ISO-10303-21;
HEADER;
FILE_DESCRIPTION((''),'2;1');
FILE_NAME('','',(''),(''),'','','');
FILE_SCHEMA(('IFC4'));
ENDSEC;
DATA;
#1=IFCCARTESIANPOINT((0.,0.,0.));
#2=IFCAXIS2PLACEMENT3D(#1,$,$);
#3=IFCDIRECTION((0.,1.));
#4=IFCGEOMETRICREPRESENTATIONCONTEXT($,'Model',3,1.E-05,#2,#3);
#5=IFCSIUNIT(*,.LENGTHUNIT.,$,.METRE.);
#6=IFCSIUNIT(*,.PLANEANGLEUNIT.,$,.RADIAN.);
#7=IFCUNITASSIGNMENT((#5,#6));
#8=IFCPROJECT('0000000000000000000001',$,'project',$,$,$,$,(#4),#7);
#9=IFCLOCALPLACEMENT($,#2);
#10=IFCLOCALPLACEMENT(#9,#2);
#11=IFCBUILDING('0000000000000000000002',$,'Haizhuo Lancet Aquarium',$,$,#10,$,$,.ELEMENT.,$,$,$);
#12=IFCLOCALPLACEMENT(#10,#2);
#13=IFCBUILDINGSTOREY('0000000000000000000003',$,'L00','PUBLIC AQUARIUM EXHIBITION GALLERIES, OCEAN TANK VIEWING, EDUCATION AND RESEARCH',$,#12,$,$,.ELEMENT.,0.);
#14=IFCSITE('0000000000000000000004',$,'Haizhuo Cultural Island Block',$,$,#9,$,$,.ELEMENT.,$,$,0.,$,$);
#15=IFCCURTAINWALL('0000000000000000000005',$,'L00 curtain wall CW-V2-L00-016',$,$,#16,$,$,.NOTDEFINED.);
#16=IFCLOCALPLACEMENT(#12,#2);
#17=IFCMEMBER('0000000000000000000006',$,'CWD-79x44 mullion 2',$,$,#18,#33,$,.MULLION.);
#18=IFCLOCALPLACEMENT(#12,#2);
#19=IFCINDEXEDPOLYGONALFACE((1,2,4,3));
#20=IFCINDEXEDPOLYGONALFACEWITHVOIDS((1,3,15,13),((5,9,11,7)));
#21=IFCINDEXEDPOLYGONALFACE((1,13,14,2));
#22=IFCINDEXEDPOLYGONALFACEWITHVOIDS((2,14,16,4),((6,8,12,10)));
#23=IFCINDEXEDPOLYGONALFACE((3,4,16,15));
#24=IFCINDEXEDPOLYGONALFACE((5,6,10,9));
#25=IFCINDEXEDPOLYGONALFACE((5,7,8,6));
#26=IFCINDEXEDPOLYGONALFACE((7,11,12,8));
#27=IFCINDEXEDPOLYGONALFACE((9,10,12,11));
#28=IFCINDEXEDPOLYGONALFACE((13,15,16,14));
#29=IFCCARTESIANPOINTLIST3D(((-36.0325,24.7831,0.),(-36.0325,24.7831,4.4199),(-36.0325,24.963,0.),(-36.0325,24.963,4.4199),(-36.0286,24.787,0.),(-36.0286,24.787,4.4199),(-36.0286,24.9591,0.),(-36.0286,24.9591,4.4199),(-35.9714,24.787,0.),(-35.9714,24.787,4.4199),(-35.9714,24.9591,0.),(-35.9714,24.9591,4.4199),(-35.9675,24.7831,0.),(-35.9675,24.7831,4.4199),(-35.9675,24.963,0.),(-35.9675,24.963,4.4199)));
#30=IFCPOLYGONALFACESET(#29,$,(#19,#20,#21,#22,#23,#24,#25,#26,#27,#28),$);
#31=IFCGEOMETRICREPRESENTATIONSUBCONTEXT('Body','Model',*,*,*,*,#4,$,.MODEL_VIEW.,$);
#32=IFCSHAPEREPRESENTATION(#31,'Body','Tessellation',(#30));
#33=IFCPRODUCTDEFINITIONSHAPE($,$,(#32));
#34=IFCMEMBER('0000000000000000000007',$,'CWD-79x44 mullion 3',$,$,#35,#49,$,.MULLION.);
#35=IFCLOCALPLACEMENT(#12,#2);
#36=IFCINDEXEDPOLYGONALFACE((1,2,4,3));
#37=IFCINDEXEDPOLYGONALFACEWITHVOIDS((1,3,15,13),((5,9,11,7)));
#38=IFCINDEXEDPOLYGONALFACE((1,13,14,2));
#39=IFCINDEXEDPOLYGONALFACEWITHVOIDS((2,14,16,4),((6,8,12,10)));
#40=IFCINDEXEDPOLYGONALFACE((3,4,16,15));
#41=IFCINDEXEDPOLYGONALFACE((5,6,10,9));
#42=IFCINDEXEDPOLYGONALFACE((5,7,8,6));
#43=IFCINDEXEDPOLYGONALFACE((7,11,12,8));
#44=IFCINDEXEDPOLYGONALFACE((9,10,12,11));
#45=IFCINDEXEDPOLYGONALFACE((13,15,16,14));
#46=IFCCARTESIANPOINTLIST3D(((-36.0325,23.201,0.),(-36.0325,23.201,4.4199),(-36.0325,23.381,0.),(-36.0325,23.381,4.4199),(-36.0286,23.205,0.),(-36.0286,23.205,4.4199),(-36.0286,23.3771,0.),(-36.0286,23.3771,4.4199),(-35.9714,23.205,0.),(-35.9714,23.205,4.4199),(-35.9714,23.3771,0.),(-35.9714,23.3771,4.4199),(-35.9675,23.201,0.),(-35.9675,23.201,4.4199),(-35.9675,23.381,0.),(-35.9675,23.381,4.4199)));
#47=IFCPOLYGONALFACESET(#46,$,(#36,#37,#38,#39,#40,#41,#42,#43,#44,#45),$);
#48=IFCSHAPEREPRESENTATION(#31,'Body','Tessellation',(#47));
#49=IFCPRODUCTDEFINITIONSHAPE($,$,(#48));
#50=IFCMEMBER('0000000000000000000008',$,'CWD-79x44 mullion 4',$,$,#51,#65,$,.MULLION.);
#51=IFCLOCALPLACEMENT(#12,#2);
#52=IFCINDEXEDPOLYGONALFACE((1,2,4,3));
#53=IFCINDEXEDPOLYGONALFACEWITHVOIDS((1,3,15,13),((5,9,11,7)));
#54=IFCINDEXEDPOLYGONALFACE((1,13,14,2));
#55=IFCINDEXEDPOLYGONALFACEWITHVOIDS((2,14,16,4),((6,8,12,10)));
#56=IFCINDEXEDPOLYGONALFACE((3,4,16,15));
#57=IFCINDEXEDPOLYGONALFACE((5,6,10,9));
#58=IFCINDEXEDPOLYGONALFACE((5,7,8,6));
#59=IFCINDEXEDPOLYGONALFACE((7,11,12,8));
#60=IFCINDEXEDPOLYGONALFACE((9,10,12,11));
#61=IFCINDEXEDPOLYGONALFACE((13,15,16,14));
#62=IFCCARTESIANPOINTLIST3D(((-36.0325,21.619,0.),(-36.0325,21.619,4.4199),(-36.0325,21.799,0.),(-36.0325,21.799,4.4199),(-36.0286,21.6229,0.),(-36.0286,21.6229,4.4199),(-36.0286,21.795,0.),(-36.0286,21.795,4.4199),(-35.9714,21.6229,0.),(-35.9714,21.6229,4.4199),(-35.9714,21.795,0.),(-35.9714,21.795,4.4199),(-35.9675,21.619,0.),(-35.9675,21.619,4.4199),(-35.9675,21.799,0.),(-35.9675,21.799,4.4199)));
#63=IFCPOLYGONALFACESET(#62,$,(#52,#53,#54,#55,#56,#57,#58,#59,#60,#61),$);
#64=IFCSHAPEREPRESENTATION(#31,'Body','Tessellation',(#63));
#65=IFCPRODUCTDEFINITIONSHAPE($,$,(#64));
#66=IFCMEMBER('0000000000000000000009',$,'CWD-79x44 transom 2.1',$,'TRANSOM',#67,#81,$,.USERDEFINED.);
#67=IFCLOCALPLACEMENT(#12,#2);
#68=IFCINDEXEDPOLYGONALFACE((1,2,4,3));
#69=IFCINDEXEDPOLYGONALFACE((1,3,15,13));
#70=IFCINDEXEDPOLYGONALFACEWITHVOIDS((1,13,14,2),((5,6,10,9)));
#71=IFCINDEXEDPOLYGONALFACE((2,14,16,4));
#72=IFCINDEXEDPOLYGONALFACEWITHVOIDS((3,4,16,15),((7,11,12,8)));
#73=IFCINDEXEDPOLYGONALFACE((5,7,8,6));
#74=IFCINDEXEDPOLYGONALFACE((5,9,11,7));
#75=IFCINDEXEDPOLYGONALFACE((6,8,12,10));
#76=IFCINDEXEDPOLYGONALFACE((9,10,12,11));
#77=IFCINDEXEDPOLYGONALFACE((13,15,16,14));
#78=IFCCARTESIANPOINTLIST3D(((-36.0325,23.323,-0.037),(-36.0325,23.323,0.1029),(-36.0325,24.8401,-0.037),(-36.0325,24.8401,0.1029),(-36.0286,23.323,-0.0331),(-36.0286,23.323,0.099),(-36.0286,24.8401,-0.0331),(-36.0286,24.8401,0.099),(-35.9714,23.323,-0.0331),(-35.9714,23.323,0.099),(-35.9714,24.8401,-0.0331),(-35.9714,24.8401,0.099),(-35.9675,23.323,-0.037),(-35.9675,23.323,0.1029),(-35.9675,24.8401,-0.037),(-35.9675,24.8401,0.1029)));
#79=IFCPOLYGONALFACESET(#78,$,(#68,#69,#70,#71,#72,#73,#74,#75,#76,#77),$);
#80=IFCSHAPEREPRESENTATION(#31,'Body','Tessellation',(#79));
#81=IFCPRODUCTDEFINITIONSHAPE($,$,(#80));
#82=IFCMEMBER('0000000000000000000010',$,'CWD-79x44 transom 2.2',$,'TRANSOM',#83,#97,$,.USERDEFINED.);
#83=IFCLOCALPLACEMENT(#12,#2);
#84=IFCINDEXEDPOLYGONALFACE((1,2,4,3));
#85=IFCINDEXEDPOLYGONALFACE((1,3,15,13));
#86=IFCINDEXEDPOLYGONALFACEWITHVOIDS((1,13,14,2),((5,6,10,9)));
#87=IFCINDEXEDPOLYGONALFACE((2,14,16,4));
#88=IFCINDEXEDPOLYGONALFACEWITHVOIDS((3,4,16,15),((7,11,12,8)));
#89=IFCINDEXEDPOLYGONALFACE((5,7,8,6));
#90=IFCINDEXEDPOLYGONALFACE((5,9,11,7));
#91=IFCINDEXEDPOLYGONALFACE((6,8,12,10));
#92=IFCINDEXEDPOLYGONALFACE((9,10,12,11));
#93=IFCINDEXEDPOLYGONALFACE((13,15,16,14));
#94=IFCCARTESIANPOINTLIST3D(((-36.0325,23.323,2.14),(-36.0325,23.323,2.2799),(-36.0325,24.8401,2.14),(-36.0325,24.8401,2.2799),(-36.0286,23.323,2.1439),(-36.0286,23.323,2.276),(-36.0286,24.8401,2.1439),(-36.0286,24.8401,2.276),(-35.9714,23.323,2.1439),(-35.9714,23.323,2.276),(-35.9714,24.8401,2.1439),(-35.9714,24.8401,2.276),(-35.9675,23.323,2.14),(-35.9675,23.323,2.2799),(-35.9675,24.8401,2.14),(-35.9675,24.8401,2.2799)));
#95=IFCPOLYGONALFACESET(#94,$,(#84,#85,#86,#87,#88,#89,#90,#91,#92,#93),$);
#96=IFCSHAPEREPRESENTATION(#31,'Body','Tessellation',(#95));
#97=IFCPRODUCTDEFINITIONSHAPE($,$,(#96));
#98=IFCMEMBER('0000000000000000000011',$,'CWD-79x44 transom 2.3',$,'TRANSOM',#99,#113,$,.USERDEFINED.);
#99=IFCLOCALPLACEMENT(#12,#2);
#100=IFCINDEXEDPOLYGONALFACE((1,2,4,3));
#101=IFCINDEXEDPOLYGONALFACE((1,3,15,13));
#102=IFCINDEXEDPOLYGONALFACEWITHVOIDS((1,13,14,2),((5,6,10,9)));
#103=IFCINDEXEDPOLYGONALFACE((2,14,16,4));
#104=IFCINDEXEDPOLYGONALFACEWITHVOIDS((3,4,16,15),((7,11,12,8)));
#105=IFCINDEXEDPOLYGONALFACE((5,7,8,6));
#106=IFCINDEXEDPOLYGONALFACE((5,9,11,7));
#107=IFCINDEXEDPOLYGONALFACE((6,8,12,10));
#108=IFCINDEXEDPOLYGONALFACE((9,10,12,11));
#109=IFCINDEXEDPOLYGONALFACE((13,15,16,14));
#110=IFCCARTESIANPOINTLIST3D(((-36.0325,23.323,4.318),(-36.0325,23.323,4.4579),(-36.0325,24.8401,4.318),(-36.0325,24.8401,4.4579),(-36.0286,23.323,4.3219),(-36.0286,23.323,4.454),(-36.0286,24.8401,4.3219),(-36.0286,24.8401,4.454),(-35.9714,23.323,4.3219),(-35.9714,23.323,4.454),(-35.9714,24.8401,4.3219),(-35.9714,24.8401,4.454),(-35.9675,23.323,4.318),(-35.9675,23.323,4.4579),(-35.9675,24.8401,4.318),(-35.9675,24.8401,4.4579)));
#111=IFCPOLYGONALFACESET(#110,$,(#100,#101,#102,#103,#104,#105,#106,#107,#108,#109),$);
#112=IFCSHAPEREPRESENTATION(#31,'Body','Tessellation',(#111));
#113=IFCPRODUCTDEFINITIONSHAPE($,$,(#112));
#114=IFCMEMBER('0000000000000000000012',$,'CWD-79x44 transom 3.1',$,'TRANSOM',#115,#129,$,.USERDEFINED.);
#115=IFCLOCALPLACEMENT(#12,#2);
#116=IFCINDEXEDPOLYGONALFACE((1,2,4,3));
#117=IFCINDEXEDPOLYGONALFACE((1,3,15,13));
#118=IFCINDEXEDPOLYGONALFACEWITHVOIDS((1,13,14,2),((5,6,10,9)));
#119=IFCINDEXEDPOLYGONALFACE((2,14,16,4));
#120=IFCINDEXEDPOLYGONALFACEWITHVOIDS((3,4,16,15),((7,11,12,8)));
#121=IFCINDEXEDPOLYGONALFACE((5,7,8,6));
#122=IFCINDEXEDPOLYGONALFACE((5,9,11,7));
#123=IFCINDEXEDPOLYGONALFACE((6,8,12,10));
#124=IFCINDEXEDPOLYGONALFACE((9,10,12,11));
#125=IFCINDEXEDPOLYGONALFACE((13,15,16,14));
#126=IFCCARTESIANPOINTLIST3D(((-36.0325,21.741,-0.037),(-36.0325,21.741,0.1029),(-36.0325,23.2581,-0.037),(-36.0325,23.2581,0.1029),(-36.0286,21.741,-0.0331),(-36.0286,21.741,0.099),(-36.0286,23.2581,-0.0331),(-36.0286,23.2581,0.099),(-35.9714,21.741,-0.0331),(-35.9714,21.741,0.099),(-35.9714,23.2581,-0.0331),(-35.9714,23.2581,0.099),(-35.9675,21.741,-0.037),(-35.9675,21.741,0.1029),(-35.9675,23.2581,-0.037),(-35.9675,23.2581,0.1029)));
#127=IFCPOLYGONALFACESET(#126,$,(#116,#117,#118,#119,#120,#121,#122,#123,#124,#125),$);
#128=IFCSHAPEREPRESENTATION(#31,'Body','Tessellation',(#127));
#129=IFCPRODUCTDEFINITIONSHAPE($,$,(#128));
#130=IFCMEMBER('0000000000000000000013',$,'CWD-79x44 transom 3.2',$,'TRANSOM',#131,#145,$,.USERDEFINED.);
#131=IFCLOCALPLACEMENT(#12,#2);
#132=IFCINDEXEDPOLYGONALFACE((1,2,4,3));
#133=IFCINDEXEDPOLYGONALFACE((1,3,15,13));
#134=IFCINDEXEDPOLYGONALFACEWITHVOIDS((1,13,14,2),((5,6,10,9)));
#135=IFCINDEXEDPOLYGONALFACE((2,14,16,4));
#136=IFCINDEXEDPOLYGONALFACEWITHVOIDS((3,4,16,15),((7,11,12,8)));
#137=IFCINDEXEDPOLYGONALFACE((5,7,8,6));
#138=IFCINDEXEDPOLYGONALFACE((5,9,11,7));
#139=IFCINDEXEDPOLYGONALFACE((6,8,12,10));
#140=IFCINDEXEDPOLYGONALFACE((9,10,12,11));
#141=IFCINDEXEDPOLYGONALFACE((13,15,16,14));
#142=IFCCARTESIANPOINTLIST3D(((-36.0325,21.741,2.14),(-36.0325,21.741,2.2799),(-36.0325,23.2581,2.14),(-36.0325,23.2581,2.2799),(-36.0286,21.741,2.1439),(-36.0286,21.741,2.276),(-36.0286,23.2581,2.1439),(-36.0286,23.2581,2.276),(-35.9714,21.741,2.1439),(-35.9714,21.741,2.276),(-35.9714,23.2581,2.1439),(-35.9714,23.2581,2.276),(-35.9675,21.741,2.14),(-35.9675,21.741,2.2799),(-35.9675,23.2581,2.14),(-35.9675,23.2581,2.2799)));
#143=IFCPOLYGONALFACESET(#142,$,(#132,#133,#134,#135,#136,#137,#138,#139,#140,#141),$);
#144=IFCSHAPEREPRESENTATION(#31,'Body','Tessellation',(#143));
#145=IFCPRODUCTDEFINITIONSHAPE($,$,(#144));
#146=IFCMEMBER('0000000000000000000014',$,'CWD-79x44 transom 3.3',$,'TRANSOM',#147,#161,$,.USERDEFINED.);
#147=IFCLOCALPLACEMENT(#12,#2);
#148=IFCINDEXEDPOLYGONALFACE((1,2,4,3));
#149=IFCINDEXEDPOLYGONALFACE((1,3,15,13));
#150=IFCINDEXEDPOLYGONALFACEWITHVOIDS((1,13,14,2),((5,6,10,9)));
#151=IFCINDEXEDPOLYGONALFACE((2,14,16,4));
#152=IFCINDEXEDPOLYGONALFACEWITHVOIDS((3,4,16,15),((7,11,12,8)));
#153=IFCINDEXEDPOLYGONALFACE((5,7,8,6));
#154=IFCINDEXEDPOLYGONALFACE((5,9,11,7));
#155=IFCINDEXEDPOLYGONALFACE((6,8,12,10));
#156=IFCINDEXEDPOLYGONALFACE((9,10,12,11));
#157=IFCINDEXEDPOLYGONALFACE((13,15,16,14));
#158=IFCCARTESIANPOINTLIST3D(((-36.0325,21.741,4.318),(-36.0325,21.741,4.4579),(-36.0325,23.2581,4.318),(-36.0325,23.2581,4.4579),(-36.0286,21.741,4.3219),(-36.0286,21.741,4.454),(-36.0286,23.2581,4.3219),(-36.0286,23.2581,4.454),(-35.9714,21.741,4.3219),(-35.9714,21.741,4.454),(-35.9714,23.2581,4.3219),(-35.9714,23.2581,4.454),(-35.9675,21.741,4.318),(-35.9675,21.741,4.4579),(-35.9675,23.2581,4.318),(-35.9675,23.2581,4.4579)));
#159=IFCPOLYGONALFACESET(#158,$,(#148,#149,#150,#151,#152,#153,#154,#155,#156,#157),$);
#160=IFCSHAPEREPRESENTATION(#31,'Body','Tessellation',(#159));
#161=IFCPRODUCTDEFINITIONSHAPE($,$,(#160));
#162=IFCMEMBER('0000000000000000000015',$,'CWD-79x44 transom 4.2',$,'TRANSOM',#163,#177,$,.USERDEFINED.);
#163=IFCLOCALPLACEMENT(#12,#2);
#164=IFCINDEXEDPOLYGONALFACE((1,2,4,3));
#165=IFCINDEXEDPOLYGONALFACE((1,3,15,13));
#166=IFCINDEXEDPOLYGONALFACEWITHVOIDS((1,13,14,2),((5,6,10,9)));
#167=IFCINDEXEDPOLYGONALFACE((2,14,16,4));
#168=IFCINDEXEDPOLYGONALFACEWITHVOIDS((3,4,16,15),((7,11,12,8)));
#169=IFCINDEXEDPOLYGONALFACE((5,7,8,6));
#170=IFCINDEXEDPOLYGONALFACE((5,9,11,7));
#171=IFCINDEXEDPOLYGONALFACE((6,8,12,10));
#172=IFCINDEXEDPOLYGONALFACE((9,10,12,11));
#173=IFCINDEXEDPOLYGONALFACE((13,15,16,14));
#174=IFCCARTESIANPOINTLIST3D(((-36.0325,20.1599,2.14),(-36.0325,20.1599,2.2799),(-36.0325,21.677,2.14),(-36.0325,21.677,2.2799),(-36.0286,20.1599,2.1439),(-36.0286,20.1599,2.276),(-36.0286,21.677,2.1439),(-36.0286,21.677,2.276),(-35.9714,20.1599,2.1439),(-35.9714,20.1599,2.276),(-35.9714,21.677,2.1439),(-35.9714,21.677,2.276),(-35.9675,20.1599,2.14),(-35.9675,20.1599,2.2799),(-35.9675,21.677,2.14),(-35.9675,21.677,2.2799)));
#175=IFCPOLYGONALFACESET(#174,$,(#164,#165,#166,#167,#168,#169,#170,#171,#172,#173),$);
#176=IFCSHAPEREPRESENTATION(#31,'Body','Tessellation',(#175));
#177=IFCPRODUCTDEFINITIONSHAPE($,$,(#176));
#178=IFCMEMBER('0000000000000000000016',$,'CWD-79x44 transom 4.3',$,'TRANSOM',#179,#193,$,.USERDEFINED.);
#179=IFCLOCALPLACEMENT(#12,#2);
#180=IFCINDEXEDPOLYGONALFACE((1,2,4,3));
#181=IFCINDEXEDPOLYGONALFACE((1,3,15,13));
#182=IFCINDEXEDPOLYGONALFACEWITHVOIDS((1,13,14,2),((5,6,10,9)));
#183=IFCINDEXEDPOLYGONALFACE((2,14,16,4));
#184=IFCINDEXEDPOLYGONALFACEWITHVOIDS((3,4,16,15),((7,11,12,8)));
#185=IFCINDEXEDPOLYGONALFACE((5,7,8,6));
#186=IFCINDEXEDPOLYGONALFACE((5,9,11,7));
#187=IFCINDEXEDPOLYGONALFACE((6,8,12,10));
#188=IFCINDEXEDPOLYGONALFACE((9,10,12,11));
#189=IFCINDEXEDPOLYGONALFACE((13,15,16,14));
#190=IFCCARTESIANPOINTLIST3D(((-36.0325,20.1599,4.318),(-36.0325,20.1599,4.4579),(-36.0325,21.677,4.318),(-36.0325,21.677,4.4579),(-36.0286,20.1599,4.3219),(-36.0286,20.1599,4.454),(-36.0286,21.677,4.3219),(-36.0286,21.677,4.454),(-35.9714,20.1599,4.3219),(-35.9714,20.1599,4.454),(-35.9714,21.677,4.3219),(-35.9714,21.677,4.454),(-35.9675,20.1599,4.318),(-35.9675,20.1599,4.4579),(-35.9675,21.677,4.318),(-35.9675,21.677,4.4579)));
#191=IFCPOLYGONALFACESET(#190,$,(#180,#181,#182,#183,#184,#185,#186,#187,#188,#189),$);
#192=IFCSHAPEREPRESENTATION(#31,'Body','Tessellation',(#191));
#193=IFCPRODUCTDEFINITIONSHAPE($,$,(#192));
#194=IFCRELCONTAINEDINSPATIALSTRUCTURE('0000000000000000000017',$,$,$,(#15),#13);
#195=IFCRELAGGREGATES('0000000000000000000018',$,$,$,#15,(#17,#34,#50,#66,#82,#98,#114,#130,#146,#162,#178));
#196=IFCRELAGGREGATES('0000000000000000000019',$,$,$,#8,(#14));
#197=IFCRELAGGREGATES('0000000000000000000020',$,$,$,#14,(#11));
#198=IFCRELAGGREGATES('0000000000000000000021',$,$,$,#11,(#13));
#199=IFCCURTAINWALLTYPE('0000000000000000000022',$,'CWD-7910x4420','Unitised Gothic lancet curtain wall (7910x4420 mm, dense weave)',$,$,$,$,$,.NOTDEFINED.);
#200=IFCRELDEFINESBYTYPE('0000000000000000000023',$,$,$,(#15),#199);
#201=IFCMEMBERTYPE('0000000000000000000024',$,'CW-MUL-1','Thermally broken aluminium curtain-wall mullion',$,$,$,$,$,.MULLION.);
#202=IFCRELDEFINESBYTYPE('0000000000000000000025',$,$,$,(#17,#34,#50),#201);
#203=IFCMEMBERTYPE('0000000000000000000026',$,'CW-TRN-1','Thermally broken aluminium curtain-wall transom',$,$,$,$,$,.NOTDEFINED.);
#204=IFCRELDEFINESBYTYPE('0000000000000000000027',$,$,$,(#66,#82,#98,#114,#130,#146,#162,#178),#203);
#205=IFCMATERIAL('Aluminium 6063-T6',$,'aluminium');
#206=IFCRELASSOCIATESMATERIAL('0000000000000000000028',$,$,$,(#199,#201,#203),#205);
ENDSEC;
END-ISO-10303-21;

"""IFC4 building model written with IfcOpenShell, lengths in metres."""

from ifc_helpers import new_model, si_unit, direction, frame, origin, origin_2d, place, context, subcontext, project, spatial, hollow_rectangle, extrude, material, material_profile, profile_set, type_object, element, aggregate, save


model = new_model("IFC4")

# Units and contexts
model_context = context("Model", 3, precision=1e-05, world=origin(), true_north=direction((0.0, 1.0)))
body_context = subcontext(model_context, "Body", "Model", "MODEL_VIEW")
ifc_project = project(units=[si_unit("LENGTHUNIT", "METRE"), si_unit("PLANEANGLEUNIT", "RADIAN")], contexts=[model_context])

# Site, building, storey
site_placement = place(None, origin())
site = spatial("IfcSite", under=ifc_project, at=site_placement, Name="Haizhuo Cultural Island Block", CompositionType="ELEMENT", RefElevation=0.0)
building_placement = place(site_placement, origin())
building = spatial("IfcBuilding", under=site, at=building_placement, Name="Haizhuo Lancet Aquarium", CompositionType="ELEMENT")
storey_placement = place(building_placement, origin())
storey = spatial("IfcBuildingStorey", under=building, at=storey_placement, Name="L00", Description="PUBLIC AQUARIUM EXHIBITION GALLERIES, OCEAN TANK VIEWING, EDUCATION AND RESEARCH", CompositionType="ELEMENT", Elevation=0.0)

# Curtain wall, members
ifc_material_1 = material(Name="Aluminium 6063-T6", Category="aluminium")
curtain_wall_type = type_object("IfcCurtainWallType", Name="CWD-7910x4420", Description="Unitised Gothic lancet curtain wall (7910x4420 mm, dense weave)", PredefinedType="NOTDEFINED", material=ifc_material_1)
curtain_wall_placement = place(storey_placement, origin())
curtain_wall = element("IfcCurtainWall", 1, at=curtain_wall_placement, inside=storey, type_object=curtain_wall_type, Name="L00 curtain wall CW-V2-L00-016", PredefinedType="NOTDEFINED")
ifc_material_profile_1 = material_profile(ifc_material_1, hollow_rectangle(XDim=0.0649, YDim=0.1799, WallThickness=0.0039, at=origin_2d()), Name="ALU-M 65x180x4")
ifc_profile_set_1 = profile_set([ifc_material_profile_1], Name="Aluminium 6063-T6")
member_type_1 = type_object("IfcMemberType", Name="CW-MUL-1", Description="Thermally broken aluminium curtain-wall mullion", PredefinedType="MULLION", material=ifc_profile_set_1)
member_1_placement = place(storey_placement, frame((-36.0, 24.873, 0.0), z_axis=(0.0, 0.0, 1.0), x_axis=(1.0, 0.0, 0.0)))
member_1 = element("IfcMember", 2, at=member_1_placement, type_object=member_type_1, Name="CWD-79x44 mullion 2", PredefinedType="MULLION", context=body_context, shape_type="SweptSolid", body=[
    extrude(hollow_rectangle(XDim=0.0649, YDim=0.1799, WallThickness=0.0039, at=origin_2d()), origin(), (0.0, 0.0, 1.0), 4.4199),
])
member_2_placement = place(storey_placement, frame((-36.0, 23.291, 0.0), z_axis=(0.0, 0.0, 1.0), x_axis=(1.0, 0.0, 0.0)))
member_2 = element("IfcMember", 3, at=member_2_placement, type_object=member_type_1, Name="CWD-79x44 mullion 3", PredefinedType="MULLION", context=body_context, shape_type="SweptSolid", body=[
    extrude(hollow_rectangle(XDim=0.0649, YDim=0.1799, WallThickness=0.0039, at=origin_2d()), origin(), (0.0, 0.0, 1.0), 4.4199),
])
member_3_placement = place(storey_placement, frame((-36.0, 21.709, 0.0), z_axis=(0.0, 0.0, 1.0), x_axis=(1.0, 0.0, 0.0)))
member_3 = element("IfcMember", 4, at=member_3_placement, type_object=member_type_1, Name="CWD-79x44 mullion 4", PredefinedType="MULLION", context=body_context, shape_type="SweptSolid", body=[
    extrude(hollow_rectangle(XDim=0.0649, YDim=0.1799, WallThickness=0.0039, at=origin_2d()), origin(), (0.0, 0.0, 1.0), 4.4199),
])
ifc_material_profile_2 = material_profile(ifc_material_1, hollow_rectangle(XDim=0.0649, YDim=0.1399, WallThickness=0.0039, at=origin_2d()), Name="ALU-T 65x140x4")
ifc_profile_set_2 = profile_set([ifc_material_profile_2], Name="Aluminium 6063-T6")
member_type_2 = type_object("IfcMemberType", Name="CW-TRN-1", Description="Thermally broken aluminium curtain-wall transom", PredefinedType="NOTDEFINED", material=ifc_profile_set_2)
member_4_placement = place(storey_placement, frame((-36.0, 24.8401, 0.033), z_axis=(0.0, -1.0, 0.0), x_axis=(1.0, 0.0, 0.0)))
member_4 = element("IfcMember", 5, at=member_4_placement, type_object=member_type_2, Name="CWD-79x44 transom 2.1", ObjectType="TRANSOM", PredefinedType="USERDEFINED", context=body_context, shape_type="SweptSolid", body=[
    extrude(hollow_rectangle(XDim=0.0649, YDim=0.1399, WallThickness=0.0039, at=origin_2d()), origin(), (0.0, 0.0, 1.0), 1.5171),
])
member_5_placement = place(storey_placement, frame((-36.0, 24.8401, 2.21), z_axis=(0.0, -1.0, 0.0), x_axis=(1.0, 0.0, 0.0)))
member_5 = element("IfcMember", 6, at=member_5_placement, type_object=member_type_2, Name="CWD-79x44 transom 2.2", ObjectType="TRANSOM", PredefinedType="USERDEFINED", context=body_context, shape_type="SweptSolid", body=[
    extrude(hollow_rectangle(XDim=0.0649, YDim=0.1399, WallThickness=0.0039, at=origin_2d()), origin(), (0.0, 0.0, 1.0), 1.5171),
])
member_6_placement = place(storey_placement, frame((-36.0, 24.8401, 4.3879), z_axis=(0.0, -1.0, 0.0), x_axis=(1.0, 0.0, 0.0)))
member_6 = element("IfcMember", 7, at=member_6_placement, type_object=member_type_2, Name="CWD-79x44 transom 2.3", ObjectType="TRANSOM", PredefinedType="USERDEFINED", context=body_context, shape_type="SweptSolid", body=[
    extrude(hollow_rectangle(XDim=0.0649, YDim=0.1399, WallThickness=0.0039, at=origin_2d()), origin(), (0.0, 0.0, 1.0), 1.5171),
])
member_7_placement = place(storey_placement, frame((-36.0, 23.2581, 0.033), z_axis=(0.0, -1.0, 0.0), x_axis=(1.0, 0.0, 0.0)))
member_7 = element("IfcMember", 8, at=member_7_placement, type_object=member_type_2, Name="CWD-79x44 transom 3.1", ObjectType="TRANSOM", PredefinedType="USERDEFINED", context=body_context, shape_type="SweptSolid", body=[
    extrude(hollow_rectangle(XDim=0.0649, YDim=0.1399, WallThickness=0.0039, at=origin_2d()), origin(), (0.0, 0.0, 1.0), 1.5171),
])
member_8_placement = place(storey_placement, frame((-36.0, 23.2581, 2.21), z_axis=(0.0, -1.0, 0.0), x_axis=(1.0, 0.0, 0.0)))
member_8 = element("IfcMember", 9, at=member_8_placement, type_object=member_type_2, Name="CWD-79x44 transom 3.2", ObjectType="TRANSOM", PredefinedType="USERDEFINED", context=body_context, shape_type="SweptSolid", body=[
    extrude(hollow_rectangle(XDim=0.0649, YDim=0.1399, WallThickness=0.0039, at=origin_2d()), origin(), (0.0, 0.0, 1.0), 1.5171),
])
member_9_placement = place(storey_placement, frame((-36.0, 23.2581, 4.3879), z_axis=(0.0, -1.0, 0.0), x_axis=(1.0, 0.0, 0.0)))
member_9 = element("IfcMember", 10, at=member_9_placement, type_object=member_type_2, Name="CWD-79x44 transom 3.3", ObjectType="TRANSOM", PredefinedType="USERDEFINED", context=body_context, shape_type="SweptSolid", body=[
    extrude(hollow_rectangle(XDim=0.0649, YDim=0.1399, WallThickness=0.0039, at=origin_2d()), origin(), (0.0, 0.0, 1.0), 1.5171),
])
member_10_placement = place(storey_placement, frame((-36.0, 21.677, 2.21), z_axis=(0.0, -1.0, 0.0), x_axis=(1.0, 0.0, 0.0)))
member_10 = element("IfcMember", 11, at=member_10_placement, type_object=member_type_2, Name="CWD-79x44 transom 4.2", ObjectType="TRANSOM", PredefinedType="USERDEFINED", context=body_context, shape_type="SweptSolid", body=[
    extrude(hollow_rectangle(XDim=0.0649, YDim=0.1399, WallThickness=0.0039, at=origin_2d()), origin(), (0.0, 0.0, 1.0), 1.5171),
])
member_11_placement = place(storey_placement, frame((-36.0, 21.677, 4.3879), z_axis=(0.0, -1.0, 0.0), x_axis=(1.0, 0.0, 0.0)))
member_11 = element("IfcMember", 12, at=member_11_placement, type_object=member_type_2, Name="CWD-79x44 transom 4.3", ObjectType="TRANSOM", PredefinedType="USERDEFINED", context=body_context, shape_type="SweptSolid", body=[
    extrude(hollow_rectangle(XDim=0.0649, YDim=0.1399, WallThickness=0.0039, at=origin_2d()), origin(), (0.0, 0.0, 1.0), 1.5171),
])

aggregate(curtain_wall, [member_1, member_2, member_3, member_4, member_5, member_6, member_7, member_8, member_9, member_10, member_11])

save(model, "model.ifc")
